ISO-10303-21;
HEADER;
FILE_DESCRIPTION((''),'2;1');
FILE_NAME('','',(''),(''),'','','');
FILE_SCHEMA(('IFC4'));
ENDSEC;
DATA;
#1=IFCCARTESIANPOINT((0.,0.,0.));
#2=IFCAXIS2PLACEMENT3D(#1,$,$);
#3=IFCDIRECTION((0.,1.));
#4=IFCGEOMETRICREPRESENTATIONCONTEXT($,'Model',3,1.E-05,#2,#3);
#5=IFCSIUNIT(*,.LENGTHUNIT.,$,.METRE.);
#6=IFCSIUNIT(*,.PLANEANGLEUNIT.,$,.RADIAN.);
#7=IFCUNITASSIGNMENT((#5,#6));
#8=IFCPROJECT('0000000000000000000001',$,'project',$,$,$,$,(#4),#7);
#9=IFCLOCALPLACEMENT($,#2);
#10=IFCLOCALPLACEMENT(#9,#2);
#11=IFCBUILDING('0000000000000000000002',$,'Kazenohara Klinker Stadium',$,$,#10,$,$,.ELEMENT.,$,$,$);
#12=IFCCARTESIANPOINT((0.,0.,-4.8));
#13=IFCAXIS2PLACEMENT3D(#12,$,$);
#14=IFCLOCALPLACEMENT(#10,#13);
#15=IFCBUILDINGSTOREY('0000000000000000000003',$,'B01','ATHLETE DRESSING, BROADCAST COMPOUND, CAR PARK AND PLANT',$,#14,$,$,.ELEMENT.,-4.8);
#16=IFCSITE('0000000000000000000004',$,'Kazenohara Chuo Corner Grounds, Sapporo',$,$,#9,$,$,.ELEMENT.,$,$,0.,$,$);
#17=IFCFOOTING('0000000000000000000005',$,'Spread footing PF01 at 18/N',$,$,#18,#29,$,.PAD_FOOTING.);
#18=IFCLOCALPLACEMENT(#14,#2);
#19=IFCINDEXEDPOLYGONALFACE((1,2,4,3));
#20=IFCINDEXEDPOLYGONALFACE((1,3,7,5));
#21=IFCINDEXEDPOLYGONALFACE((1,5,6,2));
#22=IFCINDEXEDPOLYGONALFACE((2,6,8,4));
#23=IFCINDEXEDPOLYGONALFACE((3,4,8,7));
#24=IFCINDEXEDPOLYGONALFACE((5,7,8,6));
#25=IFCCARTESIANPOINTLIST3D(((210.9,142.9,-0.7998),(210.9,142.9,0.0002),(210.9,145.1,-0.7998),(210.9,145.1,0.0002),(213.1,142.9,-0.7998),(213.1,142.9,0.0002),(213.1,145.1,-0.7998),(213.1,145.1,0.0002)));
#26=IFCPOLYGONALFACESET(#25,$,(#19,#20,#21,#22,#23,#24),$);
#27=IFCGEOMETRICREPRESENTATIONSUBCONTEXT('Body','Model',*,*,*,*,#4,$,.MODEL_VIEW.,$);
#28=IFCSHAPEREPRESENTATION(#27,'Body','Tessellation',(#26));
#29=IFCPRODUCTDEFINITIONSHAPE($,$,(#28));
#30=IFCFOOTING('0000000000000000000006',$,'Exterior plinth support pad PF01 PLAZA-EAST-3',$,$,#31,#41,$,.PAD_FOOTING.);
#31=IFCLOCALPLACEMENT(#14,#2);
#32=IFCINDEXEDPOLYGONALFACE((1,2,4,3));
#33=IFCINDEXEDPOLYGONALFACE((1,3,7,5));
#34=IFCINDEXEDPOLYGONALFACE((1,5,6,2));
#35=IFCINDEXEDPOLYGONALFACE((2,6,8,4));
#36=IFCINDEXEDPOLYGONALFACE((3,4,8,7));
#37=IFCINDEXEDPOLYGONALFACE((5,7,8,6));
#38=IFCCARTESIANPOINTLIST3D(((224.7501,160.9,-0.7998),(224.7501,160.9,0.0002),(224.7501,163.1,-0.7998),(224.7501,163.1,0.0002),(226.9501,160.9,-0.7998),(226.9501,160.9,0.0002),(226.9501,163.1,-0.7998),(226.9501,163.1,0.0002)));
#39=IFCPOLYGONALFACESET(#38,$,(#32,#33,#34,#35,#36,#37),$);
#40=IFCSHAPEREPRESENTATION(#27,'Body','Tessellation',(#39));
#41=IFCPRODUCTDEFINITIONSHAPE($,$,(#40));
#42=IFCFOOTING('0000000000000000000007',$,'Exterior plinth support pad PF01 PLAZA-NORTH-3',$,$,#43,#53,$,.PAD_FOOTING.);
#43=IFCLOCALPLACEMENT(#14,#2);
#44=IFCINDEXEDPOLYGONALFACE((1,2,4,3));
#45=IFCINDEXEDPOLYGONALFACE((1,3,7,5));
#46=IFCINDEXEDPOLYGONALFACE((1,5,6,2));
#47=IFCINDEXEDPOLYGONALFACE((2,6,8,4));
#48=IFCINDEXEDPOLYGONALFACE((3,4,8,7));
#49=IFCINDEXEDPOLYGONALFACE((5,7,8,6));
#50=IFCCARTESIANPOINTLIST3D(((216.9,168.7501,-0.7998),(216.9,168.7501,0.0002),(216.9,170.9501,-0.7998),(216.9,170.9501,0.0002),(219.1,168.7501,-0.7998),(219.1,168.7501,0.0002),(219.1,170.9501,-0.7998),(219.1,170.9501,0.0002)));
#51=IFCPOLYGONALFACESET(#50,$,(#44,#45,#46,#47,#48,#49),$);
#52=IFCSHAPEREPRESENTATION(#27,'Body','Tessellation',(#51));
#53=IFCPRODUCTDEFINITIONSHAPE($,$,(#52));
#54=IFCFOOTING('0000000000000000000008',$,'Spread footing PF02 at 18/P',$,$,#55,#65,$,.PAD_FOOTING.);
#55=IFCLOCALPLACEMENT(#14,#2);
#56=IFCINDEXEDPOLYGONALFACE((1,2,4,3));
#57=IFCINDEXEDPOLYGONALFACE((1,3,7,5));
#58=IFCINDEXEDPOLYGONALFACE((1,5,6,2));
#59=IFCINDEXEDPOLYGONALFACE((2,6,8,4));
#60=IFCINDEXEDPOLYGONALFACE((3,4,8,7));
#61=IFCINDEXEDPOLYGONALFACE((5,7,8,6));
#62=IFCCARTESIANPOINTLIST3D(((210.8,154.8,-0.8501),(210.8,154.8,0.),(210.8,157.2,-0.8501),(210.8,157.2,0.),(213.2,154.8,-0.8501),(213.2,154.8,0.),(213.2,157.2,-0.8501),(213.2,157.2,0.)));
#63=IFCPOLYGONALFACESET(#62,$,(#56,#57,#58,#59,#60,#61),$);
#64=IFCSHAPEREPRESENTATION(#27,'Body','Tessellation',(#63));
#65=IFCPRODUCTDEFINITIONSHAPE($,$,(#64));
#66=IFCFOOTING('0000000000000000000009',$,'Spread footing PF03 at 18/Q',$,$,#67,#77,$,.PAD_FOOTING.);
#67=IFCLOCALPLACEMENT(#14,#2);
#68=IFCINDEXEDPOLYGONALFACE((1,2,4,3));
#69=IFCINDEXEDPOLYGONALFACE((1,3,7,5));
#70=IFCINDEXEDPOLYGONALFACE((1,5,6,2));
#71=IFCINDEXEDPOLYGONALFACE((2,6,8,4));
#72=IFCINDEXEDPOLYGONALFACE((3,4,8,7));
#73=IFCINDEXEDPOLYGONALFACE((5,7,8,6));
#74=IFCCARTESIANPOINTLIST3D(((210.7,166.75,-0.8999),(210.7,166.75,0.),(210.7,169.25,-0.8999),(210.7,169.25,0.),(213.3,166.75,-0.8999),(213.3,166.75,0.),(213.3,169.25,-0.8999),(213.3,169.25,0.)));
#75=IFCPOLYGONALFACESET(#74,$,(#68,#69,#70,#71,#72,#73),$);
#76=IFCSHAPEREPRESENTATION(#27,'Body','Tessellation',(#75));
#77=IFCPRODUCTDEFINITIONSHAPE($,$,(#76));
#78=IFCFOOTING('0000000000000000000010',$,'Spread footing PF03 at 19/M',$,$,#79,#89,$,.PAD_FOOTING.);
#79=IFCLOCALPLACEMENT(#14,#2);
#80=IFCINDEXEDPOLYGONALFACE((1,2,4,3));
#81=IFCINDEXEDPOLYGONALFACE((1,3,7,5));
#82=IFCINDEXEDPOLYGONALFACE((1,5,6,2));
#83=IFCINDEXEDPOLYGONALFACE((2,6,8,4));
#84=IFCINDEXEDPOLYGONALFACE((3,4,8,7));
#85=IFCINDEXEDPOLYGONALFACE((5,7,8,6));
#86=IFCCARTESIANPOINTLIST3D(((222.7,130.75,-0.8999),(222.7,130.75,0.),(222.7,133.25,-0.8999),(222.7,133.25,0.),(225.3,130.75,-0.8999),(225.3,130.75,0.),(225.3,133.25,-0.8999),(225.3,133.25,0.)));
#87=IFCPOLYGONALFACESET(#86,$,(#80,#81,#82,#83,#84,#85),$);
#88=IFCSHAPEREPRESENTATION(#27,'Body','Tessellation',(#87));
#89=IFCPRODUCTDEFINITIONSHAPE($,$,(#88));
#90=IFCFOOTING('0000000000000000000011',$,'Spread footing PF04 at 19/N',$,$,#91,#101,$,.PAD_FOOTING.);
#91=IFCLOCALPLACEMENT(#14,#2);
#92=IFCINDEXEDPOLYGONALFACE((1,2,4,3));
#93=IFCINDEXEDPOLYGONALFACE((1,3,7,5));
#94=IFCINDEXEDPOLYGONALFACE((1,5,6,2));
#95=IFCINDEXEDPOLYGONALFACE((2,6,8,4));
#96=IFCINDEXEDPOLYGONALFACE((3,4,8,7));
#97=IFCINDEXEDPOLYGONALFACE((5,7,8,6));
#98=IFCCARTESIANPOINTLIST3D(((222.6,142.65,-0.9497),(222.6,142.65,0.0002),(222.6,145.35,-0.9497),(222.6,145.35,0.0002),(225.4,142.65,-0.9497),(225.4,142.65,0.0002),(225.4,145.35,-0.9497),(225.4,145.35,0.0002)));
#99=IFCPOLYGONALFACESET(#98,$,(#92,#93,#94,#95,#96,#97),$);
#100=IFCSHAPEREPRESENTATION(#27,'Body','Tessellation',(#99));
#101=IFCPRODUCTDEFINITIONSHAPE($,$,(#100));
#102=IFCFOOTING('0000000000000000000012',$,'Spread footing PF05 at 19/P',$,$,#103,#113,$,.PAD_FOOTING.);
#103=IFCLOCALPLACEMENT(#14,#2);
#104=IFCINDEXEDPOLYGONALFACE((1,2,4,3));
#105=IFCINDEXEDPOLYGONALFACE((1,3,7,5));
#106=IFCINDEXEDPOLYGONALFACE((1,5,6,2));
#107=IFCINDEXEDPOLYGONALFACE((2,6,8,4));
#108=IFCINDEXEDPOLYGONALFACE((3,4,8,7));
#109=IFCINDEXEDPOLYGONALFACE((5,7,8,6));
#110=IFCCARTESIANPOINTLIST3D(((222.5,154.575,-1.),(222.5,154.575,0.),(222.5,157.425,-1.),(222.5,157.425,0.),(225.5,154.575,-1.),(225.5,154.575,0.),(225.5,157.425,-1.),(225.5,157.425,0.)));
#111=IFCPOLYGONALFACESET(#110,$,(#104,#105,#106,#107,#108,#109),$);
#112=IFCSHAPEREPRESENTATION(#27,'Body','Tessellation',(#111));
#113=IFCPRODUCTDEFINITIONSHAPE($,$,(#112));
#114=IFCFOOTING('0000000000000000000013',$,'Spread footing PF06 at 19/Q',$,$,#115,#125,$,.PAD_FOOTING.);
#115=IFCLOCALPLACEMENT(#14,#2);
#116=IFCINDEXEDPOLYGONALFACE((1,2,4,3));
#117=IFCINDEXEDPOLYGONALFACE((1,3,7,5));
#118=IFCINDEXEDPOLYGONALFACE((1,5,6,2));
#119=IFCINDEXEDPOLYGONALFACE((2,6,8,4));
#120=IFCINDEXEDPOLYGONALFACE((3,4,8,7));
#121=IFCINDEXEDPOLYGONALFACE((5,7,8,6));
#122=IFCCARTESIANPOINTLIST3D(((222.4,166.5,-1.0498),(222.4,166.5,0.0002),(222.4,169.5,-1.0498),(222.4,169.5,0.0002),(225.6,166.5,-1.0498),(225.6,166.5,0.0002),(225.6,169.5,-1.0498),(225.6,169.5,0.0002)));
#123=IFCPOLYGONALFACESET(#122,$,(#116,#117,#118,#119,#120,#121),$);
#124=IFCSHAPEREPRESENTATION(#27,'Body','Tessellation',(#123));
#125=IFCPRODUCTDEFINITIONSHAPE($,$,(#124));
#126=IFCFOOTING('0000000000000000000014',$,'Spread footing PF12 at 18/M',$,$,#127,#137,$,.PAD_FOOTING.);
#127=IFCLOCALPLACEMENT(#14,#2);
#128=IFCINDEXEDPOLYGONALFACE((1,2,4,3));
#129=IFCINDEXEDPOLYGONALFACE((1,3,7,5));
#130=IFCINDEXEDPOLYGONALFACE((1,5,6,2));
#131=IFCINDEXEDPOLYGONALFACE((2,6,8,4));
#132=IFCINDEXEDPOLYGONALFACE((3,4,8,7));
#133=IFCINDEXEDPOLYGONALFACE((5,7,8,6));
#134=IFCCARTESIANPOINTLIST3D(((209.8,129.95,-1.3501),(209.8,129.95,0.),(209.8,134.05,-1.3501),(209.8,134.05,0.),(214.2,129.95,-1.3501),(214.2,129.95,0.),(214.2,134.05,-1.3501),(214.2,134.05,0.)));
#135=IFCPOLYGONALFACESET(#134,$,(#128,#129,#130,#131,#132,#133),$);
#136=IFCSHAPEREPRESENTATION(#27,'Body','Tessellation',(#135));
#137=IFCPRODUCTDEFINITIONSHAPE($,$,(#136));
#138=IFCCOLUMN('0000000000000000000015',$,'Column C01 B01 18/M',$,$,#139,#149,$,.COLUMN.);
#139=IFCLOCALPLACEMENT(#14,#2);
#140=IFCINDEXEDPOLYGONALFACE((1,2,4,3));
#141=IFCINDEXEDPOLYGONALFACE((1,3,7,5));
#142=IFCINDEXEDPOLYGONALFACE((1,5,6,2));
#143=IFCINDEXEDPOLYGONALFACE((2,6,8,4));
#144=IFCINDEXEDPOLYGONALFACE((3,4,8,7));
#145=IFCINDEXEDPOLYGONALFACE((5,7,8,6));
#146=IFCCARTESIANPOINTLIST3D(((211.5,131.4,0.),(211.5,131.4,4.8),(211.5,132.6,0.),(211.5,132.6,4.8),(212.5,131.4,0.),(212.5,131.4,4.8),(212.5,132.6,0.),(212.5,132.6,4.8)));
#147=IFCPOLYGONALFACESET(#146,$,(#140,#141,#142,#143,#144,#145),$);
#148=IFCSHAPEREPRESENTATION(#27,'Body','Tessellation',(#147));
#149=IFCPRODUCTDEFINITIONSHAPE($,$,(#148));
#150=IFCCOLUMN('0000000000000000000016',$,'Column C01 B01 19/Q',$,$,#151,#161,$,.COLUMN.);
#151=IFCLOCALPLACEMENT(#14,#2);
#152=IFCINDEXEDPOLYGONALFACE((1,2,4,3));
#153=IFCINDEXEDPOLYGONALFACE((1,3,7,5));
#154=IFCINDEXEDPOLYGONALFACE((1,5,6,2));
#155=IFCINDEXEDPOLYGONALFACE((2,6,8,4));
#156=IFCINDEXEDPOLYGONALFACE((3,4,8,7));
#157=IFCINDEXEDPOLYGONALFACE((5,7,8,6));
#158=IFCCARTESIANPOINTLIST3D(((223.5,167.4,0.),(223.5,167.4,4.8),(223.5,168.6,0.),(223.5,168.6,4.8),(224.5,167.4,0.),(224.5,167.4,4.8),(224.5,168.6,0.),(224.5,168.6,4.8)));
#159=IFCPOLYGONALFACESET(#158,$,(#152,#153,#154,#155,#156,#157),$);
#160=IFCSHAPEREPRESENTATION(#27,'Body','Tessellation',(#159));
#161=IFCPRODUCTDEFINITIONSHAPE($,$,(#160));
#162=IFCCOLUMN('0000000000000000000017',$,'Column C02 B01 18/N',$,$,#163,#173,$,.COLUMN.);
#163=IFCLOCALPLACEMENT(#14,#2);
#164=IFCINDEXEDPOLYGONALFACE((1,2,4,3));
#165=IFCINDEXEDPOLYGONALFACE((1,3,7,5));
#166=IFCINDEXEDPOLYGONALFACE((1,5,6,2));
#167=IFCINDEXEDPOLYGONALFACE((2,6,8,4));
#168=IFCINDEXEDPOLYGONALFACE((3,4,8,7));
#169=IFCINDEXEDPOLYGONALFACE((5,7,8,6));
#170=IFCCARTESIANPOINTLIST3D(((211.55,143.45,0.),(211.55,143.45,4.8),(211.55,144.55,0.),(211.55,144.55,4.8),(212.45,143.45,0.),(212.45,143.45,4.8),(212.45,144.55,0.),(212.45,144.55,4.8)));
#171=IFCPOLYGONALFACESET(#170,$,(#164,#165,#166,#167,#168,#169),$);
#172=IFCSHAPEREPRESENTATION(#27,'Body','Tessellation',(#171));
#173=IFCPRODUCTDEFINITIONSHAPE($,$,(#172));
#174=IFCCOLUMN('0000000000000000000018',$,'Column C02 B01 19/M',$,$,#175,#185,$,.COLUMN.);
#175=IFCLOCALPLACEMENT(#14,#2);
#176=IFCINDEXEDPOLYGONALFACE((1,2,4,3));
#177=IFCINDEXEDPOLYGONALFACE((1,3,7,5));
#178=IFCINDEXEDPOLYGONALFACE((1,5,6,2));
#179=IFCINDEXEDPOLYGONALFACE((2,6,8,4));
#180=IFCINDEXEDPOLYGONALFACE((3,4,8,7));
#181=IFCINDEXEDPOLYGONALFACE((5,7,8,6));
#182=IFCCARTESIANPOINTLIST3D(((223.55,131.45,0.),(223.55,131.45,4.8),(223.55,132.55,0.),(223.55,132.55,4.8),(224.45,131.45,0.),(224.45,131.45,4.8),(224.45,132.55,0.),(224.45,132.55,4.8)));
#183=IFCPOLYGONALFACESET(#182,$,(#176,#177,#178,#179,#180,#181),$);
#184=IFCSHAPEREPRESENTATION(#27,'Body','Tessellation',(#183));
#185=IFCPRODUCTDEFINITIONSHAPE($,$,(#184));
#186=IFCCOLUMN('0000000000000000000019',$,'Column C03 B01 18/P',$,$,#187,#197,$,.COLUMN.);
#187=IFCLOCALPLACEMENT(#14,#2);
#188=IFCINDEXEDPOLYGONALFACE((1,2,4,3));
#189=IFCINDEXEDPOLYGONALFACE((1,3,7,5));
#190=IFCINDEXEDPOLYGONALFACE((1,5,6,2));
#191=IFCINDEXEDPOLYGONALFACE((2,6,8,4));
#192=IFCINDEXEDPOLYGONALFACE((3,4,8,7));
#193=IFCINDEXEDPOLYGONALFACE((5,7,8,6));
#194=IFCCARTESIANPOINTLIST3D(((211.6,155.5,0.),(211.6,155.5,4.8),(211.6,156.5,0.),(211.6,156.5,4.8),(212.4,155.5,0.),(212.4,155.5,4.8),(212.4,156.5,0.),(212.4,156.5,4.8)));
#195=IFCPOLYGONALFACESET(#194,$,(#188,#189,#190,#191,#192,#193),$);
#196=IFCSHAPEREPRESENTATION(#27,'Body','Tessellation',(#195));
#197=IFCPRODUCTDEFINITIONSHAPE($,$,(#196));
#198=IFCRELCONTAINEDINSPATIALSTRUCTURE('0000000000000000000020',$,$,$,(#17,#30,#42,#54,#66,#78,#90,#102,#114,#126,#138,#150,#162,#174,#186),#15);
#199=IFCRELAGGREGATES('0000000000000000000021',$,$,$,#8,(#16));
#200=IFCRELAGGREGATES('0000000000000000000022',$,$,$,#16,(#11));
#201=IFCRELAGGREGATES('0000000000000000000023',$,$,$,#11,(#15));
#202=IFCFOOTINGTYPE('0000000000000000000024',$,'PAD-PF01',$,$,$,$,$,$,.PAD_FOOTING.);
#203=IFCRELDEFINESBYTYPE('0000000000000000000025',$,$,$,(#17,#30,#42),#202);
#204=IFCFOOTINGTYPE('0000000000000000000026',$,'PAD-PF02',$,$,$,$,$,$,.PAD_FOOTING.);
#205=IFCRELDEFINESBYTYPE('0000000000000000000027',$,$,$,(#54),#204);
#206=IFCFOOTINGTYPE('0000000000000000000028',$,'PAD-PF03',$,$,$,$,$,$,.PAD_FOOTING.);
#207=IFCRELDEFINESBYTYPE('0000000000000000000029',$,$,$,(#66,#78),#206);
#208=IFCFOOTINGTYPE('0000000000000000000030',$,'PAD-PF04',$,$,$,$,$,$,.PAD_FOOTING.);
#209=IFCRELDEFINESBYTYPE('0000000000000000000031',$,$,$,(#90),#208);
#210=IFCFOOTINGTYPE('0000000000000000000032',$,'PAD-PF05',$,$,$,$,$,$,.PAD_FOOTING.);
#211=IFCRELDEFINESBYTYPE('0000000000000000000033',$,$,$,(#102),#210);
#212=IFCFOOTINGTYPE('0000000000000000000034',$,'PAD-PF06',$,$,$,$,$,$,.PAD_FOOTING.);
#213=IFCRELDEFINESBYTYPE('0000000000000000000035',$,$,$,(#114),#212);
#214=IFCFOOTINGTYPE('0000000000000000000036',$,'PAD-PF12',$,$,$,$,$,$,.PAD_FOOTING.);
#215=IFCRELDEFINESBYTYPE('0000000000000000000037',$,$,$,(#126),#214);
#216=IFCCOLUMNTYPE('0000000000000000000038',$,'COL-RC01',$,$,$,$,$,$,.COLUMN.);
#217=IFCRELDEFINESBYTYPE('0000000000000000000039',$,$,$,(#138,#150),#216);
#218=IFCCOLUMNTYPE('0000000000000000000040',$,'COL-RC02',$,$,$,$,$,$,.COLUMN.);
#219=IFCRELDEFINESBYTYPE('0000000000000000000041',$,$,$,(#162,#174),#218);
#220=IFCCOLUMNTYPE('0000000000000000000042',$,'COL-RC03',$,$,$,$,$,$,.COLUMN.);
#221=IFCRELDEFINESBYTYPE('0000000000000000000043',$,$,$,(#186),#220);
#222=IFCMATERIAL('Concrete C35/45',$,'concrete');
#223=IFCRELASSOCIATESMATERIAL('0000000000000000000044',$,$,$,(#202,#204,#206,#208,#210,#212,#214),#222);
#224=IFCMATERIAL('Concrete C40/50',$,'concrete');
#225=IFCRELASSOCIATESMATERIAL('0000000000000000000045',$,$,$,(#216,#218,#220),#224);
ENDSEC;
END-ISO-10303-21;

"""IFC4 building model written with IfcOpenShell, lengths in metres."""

from ifc_helpers import new_model, si_unit, direction, frame, origin, origin_2d, place, context, subcontext, project, spatial, rectangle, extrude, material, material_profile, profile_set, type_object, element, save


model = new_model("IFC4")

# Units and contexts
model_context = context("Model", 3, precision=1e-05, world=origin(), true_north=direction((0.0, 1.0)))
body_context = subcontext(model_context, "Body", "Model", "MODEL_VIEW")
ifc_project = project(units=[si_unit("LENGTHUNIT", "METRE"), si_unit("PLANEANGLEUNIT", "RADIAN")], contexts=[model_context])

# Site, building, storey
site_placement = place(None, origin())
site = spatial("IfcSite", under=ifc_project, at=site_placement, Name="Kazenohara Chuo Corner Grounds, Sapporo", CompositionType="ELEMENT", RefElevation=0.0)
building_placement = place(site_placement, origin())
building = spatial("IfcBuilding", under=site, at=building_placement, Name="Kazenohara Klinker Stadium", CompositionType="ELEMENT")
storey_placement = place(building_placement, frame((0.0, 0.0, -4.8)))
storey = spatial("IfcBuildingStorey", under=building, at=storey_placement, Name="B01", Description="ATHLETE DRESSING, BROADCAST COMPOUND, CAR PARK AND PLANT", CompositionType="ELEMENT", Elevation=-4.8)

# Footings
ifc_material_1 = material(Name="Concrete C35/45", Category="concrete")
footing_type_1 = type_object("IfcFootingType", Name="PAD-PF01", PredefinedType="PAD_FOOTING", material=ifc_material_1)
for number, where, z_axis, x_axis, name in (
    (1, (212.0, 144.0, -0.7998), (0.0, 0.0, 1.0), (1.0, 0.0, 0.0), "Spread footing PF01 at 18/N"),
    (2, (225.8501, 162.0, -0.7998), (0.0, 0.0, 1.0), (1.0, 0.0, 0.0), "Exterior plinth support pad PF01 PLAZA-EAST-3"),
    (3, (218.0, 169.8501, -0.7998), (0.0, 0.0, 1.0), (1.0, 0.0, 0.0), "Exterior plinth support pad PF01 PLAZA-NORTH-3"),
):
    element("IfcFooting", number, at=place(storey_placement, frame(where, z_axis=z_axis, x_axis=x_axis)), inside=storey, type_object=footing_type_1, Name=name, PredefinedType="PAD_FOOTING", context=body_context, shape_type="SweptSolid", body=[
        extrude(rectangle(XDim=2.2, YDim=2.2, at=origin_2d()), origin(), (0.0, 0.0, 1.0), 0.8),
    ])
footing_type_2 = type_object("IfcFootingType", Name="PAD-PF02", PredefinedType="PAD_FOOTING", material=ifc_material_1)
footing_1_placement = place(storey_placement, frame((212.0, 156.0, -0.8501), z_axis=(0.0, 0.0, 1.0), x_axis=(1.0, 0.0, 0.0)))
element("IfcFooting", 4, at=footing_1_placement, inside=storey, type_object=footing_type_2, Name="Spread footing PF02 at 18/P", PredefinedType="PAD_FOOTING", context=body_context, shape_type="SweptSolid", body=[
    extrude(rectangle(XDim=2.3999, YDim=2.3999, at=origin_2d()), origin(), (0.0, 0.0, 1.0), 0.8501),
])
footing_type_3 = type_object("IfcFootingType", Name="PAD-PF03", PredefinedType="PAD_FOOTING", material=ifc_material_1)
for number, where, z_axis, x_axis, name in (
    (5, (212.0, 168.0, -0.8999), (0.0, 0.0, 1.0), (1.0, 0.0, 0.0), "Spread footing PF03 at 18/Q"),
    (6, (224.0, 132.0, -0.8999), (0.0, 0.0, 1.0), (1.0, 0.0, 0.0), "Spread footing PF03 at 19/M"),
):
    element("IfcFooting", number, at=place(storey_placement, frame(where, z_axis=z_axis, x_axis=x_axis)), inside=storey, type_object=footing_type_3, Name=name, PredefinedType="PAD_FOOTING", context=body_context, shape_type="SweptSolid", body=[
        extrude(rectangle(XDim=2.6001, YDim=2.5, at=origin_2d()), origin(), (0.0, 0.0, 1.0), 0.8999),
    ])
footing_type_4 = type_object("IfcFootingType", Name="PAD-PF04", PredefinedType="PAD_FOOTING", material=ifc_material_1)
footing_2_placement = place(storey_placement, frame((224.0, 144.0, -0.9497), z_axis=(0.0, 0.0, 1.0), x_axis=(1.0, 0.0, 0.0)))
element("IfcFooting", 7, at=footing_2_placement, inside=storey, type_object=footing_type_4, Name="Spread footing PF04 at 19/N", PredefinedType="PAD_FOOTING", context=body_context, shape_type="SweptSolid", body=[
    extrude(rectangle(XDim=2.8, YDim=2.7, at=origin_2d()), origin(), (0.0, 0.0, 1.0), 0.95),
])
footing_type_5 = type_object("IfcFootingType", Name="PAD-PF05", PredefinedType="PAD_FOOTING", material=ifc_material_1)
footing_3_placement = place(storey_placement, frame((224.0, 156.0, -1.0), z_axis=(0.0, 0.0, 1.0), x_axis=(1.0, 0.0, 0.0)))
element("IfcFooting", 8, at=footing_3_placement, inside=storey, type_object=footing_type_5, Name="Spread footing PF05 at 19/P", PredefinedType="PAD_FOOTING", context=body_context, shape_type="SweptSolid", body=[
    extrude(rectangle(XDim=3.0, YDim=2.8501, at=origin_2d()), origin(), (0.0, 0.0, 1.0), 1.0),
])
footing_type_6 = type_object("IfcFootingType", Name="PAD-PF06", PredefinedType="PAD_FOOTING", material=ifc_material_1)
footing_4_placement = place(storey_placement, frame((224.0, 168.0, -1.0498), z_axis=(0.0, 0.0, 1.0), x_axis=(1.0, 0.0, 0.0)))
element("IfcFooting", 9, at=footing_4_placement, inside=storey, type_object=footing_type_6, Name="Spread footing PF06 at 19/Q", PredefinedType="PAD_FOOTING", context=body_context, shape_type="SweptSolid", body=[
    extrude(rectangle(XDim=3.2, YDim=3.0, at=origin_2d()), origin(), (0.0, 0.0, 1.0), 1.05),
])
footing_type_7 = type_object("IfcFootingType", Name="PAD-PF12", PredefinedType="PAD_FOOTING", material=ifc_material_1)
footing_5_placement = place(storey_placement, frame((212.0, 132.0, -1.3501), z_axis=(0.0, 0.0, 1.0), x_axis=(1.0, 0.0, 0.0)))
element("IfcFooting", 10, at=footing_5_placement, inside=storey, type_object=footing_type_7, Name="Spread footing PF12 at 18/M", PredefinedType="PAD_FOOTING", context=body_context, shape_type="SweptSolid", body=[
    extrude(rectangle(XDim=4.3999, YDim=4.1001, at=origin_2d()), origin(), (0.0, 0.0, 1.0), 1.3501),
])

# Columns
ifc_material_2 = material(Name="Concrete C40/50", Category="concrete")
ifc_material_profile_1 = material_profile(ifc_material_2, rectangle(XDim=1.0, YDim=1.2, at=origin_2d()), Name="RC-COL-1200x1000")
ifc_profile_set_1 = profile_set([ifc_material_profile_1], Name="Concrete C40/50")
column_type_1 = type_object("IfcColumnType", Name="COL-RC01", PredefinedType="COLUMN", material=ifc_profile_set_1)
for number, where, z_axis, x_axis, name in (
    (11, (212.0, 132.0, 0.0), (0.0, 0.0, 1.0), (1.0, 0.0, 0.0), "Column C01 B01 18/M"),
    (12, (224.0, 168.0, 0.0), (0.0, 0.0, 1.0), (1.0, 0.0, 0.0), "Column C01 B01 19/Q"),
):
    element("IfcColumn", number, at=place(storey_placement, frame(where, z_axis=z_axis, x_axis=x_axis)), inside=storey, type_object=column_type_1, Name=name, PredefinedType="COLUMN", context=body_context, shape_type="SweptSolid", body=[
        extrude(rectangle(XDim=1.0, YDim=1.2, at=origin_2d()), origin(), (0.0, 0.0, 1.0), 4.8),
    ])
ifc_material_profile_2 = material_profile(ifc_material_2, rectangle(XDim=0.8999, YDim=1.1001, at=origin_2d()), Name="RC-COL-1100x900")
ifc_profile_set_2 = profile_set([ifc_material_profile_2], Name="Concrete C40/50")
column_type_2 = type_object("IfcColumnType", Name="COL-RC02", PredefinedType="COLUMN", material=ifc_profile_set_2)
for number, where, z_axis, x_axis, name in (
    (13, (212.0, 144.0, 0.0), (0.0, 0.0, 1.0), (1.0, 0.0, 0.0), "Column C02 B01 18/N"),
    (14, (224.0, 132.0, 0.0), (0.0, 0.0, 1.0), (1.0, 0.0, 0.0), "Column C02 B01 19/M"),
):
    element("IfcColumn", number, at=place(storey_placement, frame(where, z_axis=z_axis, x_axis=x_axis)), inside=storey, type_object=column_type_2, Name=name, PredefinedType="COLUMN", context=body_context, shape_type="SweptSolid", body=[
        extrude(rectangle(XDim=0.8999, YDim=1.1001, at=origin_2d()), origin(), (0.0, 0.0, 1.0), 4.8),
    ])
ifc_material_profile_3 = material_profile(ifc_material_2, rectangle(XDim=0.8, YDim=1.0, at=origin_2d()), Name="RC-COL-1000x800")
ifc_profile_set_3 = profile_set([ifc_material_profile_3], Name="Concrete C40/50")
column_type_3 = type_object("IfcColumnType", Name="COL-RC03", PredefinedType="COLUMN", material=ifc_profile_set_3)
for number, where, z_axis, x_axis, name in (
    (15, (212.0, 156.0, 0.0), (0.0, 0.0, 1.0), (1.0, 0.0, 0.0), "Column C03 B01 18/P"),
):
    element("IfcColumn", number, at=place(storey_placement, frame(where, z_axis=z_axis, x_axis=x_axis)), inside=storey, type_object=column_type_3, Name=name, PredefinedType="COLUMN", context=body_context, shape_type="SweptSolid", body=[
        extrude(rectangle(XDim=0.8, YDim=1.0, at=origin_2d()), origin(), (0.0, 0.0, 1.0), 4.8),
    ])

save(model, "model.ifc")
